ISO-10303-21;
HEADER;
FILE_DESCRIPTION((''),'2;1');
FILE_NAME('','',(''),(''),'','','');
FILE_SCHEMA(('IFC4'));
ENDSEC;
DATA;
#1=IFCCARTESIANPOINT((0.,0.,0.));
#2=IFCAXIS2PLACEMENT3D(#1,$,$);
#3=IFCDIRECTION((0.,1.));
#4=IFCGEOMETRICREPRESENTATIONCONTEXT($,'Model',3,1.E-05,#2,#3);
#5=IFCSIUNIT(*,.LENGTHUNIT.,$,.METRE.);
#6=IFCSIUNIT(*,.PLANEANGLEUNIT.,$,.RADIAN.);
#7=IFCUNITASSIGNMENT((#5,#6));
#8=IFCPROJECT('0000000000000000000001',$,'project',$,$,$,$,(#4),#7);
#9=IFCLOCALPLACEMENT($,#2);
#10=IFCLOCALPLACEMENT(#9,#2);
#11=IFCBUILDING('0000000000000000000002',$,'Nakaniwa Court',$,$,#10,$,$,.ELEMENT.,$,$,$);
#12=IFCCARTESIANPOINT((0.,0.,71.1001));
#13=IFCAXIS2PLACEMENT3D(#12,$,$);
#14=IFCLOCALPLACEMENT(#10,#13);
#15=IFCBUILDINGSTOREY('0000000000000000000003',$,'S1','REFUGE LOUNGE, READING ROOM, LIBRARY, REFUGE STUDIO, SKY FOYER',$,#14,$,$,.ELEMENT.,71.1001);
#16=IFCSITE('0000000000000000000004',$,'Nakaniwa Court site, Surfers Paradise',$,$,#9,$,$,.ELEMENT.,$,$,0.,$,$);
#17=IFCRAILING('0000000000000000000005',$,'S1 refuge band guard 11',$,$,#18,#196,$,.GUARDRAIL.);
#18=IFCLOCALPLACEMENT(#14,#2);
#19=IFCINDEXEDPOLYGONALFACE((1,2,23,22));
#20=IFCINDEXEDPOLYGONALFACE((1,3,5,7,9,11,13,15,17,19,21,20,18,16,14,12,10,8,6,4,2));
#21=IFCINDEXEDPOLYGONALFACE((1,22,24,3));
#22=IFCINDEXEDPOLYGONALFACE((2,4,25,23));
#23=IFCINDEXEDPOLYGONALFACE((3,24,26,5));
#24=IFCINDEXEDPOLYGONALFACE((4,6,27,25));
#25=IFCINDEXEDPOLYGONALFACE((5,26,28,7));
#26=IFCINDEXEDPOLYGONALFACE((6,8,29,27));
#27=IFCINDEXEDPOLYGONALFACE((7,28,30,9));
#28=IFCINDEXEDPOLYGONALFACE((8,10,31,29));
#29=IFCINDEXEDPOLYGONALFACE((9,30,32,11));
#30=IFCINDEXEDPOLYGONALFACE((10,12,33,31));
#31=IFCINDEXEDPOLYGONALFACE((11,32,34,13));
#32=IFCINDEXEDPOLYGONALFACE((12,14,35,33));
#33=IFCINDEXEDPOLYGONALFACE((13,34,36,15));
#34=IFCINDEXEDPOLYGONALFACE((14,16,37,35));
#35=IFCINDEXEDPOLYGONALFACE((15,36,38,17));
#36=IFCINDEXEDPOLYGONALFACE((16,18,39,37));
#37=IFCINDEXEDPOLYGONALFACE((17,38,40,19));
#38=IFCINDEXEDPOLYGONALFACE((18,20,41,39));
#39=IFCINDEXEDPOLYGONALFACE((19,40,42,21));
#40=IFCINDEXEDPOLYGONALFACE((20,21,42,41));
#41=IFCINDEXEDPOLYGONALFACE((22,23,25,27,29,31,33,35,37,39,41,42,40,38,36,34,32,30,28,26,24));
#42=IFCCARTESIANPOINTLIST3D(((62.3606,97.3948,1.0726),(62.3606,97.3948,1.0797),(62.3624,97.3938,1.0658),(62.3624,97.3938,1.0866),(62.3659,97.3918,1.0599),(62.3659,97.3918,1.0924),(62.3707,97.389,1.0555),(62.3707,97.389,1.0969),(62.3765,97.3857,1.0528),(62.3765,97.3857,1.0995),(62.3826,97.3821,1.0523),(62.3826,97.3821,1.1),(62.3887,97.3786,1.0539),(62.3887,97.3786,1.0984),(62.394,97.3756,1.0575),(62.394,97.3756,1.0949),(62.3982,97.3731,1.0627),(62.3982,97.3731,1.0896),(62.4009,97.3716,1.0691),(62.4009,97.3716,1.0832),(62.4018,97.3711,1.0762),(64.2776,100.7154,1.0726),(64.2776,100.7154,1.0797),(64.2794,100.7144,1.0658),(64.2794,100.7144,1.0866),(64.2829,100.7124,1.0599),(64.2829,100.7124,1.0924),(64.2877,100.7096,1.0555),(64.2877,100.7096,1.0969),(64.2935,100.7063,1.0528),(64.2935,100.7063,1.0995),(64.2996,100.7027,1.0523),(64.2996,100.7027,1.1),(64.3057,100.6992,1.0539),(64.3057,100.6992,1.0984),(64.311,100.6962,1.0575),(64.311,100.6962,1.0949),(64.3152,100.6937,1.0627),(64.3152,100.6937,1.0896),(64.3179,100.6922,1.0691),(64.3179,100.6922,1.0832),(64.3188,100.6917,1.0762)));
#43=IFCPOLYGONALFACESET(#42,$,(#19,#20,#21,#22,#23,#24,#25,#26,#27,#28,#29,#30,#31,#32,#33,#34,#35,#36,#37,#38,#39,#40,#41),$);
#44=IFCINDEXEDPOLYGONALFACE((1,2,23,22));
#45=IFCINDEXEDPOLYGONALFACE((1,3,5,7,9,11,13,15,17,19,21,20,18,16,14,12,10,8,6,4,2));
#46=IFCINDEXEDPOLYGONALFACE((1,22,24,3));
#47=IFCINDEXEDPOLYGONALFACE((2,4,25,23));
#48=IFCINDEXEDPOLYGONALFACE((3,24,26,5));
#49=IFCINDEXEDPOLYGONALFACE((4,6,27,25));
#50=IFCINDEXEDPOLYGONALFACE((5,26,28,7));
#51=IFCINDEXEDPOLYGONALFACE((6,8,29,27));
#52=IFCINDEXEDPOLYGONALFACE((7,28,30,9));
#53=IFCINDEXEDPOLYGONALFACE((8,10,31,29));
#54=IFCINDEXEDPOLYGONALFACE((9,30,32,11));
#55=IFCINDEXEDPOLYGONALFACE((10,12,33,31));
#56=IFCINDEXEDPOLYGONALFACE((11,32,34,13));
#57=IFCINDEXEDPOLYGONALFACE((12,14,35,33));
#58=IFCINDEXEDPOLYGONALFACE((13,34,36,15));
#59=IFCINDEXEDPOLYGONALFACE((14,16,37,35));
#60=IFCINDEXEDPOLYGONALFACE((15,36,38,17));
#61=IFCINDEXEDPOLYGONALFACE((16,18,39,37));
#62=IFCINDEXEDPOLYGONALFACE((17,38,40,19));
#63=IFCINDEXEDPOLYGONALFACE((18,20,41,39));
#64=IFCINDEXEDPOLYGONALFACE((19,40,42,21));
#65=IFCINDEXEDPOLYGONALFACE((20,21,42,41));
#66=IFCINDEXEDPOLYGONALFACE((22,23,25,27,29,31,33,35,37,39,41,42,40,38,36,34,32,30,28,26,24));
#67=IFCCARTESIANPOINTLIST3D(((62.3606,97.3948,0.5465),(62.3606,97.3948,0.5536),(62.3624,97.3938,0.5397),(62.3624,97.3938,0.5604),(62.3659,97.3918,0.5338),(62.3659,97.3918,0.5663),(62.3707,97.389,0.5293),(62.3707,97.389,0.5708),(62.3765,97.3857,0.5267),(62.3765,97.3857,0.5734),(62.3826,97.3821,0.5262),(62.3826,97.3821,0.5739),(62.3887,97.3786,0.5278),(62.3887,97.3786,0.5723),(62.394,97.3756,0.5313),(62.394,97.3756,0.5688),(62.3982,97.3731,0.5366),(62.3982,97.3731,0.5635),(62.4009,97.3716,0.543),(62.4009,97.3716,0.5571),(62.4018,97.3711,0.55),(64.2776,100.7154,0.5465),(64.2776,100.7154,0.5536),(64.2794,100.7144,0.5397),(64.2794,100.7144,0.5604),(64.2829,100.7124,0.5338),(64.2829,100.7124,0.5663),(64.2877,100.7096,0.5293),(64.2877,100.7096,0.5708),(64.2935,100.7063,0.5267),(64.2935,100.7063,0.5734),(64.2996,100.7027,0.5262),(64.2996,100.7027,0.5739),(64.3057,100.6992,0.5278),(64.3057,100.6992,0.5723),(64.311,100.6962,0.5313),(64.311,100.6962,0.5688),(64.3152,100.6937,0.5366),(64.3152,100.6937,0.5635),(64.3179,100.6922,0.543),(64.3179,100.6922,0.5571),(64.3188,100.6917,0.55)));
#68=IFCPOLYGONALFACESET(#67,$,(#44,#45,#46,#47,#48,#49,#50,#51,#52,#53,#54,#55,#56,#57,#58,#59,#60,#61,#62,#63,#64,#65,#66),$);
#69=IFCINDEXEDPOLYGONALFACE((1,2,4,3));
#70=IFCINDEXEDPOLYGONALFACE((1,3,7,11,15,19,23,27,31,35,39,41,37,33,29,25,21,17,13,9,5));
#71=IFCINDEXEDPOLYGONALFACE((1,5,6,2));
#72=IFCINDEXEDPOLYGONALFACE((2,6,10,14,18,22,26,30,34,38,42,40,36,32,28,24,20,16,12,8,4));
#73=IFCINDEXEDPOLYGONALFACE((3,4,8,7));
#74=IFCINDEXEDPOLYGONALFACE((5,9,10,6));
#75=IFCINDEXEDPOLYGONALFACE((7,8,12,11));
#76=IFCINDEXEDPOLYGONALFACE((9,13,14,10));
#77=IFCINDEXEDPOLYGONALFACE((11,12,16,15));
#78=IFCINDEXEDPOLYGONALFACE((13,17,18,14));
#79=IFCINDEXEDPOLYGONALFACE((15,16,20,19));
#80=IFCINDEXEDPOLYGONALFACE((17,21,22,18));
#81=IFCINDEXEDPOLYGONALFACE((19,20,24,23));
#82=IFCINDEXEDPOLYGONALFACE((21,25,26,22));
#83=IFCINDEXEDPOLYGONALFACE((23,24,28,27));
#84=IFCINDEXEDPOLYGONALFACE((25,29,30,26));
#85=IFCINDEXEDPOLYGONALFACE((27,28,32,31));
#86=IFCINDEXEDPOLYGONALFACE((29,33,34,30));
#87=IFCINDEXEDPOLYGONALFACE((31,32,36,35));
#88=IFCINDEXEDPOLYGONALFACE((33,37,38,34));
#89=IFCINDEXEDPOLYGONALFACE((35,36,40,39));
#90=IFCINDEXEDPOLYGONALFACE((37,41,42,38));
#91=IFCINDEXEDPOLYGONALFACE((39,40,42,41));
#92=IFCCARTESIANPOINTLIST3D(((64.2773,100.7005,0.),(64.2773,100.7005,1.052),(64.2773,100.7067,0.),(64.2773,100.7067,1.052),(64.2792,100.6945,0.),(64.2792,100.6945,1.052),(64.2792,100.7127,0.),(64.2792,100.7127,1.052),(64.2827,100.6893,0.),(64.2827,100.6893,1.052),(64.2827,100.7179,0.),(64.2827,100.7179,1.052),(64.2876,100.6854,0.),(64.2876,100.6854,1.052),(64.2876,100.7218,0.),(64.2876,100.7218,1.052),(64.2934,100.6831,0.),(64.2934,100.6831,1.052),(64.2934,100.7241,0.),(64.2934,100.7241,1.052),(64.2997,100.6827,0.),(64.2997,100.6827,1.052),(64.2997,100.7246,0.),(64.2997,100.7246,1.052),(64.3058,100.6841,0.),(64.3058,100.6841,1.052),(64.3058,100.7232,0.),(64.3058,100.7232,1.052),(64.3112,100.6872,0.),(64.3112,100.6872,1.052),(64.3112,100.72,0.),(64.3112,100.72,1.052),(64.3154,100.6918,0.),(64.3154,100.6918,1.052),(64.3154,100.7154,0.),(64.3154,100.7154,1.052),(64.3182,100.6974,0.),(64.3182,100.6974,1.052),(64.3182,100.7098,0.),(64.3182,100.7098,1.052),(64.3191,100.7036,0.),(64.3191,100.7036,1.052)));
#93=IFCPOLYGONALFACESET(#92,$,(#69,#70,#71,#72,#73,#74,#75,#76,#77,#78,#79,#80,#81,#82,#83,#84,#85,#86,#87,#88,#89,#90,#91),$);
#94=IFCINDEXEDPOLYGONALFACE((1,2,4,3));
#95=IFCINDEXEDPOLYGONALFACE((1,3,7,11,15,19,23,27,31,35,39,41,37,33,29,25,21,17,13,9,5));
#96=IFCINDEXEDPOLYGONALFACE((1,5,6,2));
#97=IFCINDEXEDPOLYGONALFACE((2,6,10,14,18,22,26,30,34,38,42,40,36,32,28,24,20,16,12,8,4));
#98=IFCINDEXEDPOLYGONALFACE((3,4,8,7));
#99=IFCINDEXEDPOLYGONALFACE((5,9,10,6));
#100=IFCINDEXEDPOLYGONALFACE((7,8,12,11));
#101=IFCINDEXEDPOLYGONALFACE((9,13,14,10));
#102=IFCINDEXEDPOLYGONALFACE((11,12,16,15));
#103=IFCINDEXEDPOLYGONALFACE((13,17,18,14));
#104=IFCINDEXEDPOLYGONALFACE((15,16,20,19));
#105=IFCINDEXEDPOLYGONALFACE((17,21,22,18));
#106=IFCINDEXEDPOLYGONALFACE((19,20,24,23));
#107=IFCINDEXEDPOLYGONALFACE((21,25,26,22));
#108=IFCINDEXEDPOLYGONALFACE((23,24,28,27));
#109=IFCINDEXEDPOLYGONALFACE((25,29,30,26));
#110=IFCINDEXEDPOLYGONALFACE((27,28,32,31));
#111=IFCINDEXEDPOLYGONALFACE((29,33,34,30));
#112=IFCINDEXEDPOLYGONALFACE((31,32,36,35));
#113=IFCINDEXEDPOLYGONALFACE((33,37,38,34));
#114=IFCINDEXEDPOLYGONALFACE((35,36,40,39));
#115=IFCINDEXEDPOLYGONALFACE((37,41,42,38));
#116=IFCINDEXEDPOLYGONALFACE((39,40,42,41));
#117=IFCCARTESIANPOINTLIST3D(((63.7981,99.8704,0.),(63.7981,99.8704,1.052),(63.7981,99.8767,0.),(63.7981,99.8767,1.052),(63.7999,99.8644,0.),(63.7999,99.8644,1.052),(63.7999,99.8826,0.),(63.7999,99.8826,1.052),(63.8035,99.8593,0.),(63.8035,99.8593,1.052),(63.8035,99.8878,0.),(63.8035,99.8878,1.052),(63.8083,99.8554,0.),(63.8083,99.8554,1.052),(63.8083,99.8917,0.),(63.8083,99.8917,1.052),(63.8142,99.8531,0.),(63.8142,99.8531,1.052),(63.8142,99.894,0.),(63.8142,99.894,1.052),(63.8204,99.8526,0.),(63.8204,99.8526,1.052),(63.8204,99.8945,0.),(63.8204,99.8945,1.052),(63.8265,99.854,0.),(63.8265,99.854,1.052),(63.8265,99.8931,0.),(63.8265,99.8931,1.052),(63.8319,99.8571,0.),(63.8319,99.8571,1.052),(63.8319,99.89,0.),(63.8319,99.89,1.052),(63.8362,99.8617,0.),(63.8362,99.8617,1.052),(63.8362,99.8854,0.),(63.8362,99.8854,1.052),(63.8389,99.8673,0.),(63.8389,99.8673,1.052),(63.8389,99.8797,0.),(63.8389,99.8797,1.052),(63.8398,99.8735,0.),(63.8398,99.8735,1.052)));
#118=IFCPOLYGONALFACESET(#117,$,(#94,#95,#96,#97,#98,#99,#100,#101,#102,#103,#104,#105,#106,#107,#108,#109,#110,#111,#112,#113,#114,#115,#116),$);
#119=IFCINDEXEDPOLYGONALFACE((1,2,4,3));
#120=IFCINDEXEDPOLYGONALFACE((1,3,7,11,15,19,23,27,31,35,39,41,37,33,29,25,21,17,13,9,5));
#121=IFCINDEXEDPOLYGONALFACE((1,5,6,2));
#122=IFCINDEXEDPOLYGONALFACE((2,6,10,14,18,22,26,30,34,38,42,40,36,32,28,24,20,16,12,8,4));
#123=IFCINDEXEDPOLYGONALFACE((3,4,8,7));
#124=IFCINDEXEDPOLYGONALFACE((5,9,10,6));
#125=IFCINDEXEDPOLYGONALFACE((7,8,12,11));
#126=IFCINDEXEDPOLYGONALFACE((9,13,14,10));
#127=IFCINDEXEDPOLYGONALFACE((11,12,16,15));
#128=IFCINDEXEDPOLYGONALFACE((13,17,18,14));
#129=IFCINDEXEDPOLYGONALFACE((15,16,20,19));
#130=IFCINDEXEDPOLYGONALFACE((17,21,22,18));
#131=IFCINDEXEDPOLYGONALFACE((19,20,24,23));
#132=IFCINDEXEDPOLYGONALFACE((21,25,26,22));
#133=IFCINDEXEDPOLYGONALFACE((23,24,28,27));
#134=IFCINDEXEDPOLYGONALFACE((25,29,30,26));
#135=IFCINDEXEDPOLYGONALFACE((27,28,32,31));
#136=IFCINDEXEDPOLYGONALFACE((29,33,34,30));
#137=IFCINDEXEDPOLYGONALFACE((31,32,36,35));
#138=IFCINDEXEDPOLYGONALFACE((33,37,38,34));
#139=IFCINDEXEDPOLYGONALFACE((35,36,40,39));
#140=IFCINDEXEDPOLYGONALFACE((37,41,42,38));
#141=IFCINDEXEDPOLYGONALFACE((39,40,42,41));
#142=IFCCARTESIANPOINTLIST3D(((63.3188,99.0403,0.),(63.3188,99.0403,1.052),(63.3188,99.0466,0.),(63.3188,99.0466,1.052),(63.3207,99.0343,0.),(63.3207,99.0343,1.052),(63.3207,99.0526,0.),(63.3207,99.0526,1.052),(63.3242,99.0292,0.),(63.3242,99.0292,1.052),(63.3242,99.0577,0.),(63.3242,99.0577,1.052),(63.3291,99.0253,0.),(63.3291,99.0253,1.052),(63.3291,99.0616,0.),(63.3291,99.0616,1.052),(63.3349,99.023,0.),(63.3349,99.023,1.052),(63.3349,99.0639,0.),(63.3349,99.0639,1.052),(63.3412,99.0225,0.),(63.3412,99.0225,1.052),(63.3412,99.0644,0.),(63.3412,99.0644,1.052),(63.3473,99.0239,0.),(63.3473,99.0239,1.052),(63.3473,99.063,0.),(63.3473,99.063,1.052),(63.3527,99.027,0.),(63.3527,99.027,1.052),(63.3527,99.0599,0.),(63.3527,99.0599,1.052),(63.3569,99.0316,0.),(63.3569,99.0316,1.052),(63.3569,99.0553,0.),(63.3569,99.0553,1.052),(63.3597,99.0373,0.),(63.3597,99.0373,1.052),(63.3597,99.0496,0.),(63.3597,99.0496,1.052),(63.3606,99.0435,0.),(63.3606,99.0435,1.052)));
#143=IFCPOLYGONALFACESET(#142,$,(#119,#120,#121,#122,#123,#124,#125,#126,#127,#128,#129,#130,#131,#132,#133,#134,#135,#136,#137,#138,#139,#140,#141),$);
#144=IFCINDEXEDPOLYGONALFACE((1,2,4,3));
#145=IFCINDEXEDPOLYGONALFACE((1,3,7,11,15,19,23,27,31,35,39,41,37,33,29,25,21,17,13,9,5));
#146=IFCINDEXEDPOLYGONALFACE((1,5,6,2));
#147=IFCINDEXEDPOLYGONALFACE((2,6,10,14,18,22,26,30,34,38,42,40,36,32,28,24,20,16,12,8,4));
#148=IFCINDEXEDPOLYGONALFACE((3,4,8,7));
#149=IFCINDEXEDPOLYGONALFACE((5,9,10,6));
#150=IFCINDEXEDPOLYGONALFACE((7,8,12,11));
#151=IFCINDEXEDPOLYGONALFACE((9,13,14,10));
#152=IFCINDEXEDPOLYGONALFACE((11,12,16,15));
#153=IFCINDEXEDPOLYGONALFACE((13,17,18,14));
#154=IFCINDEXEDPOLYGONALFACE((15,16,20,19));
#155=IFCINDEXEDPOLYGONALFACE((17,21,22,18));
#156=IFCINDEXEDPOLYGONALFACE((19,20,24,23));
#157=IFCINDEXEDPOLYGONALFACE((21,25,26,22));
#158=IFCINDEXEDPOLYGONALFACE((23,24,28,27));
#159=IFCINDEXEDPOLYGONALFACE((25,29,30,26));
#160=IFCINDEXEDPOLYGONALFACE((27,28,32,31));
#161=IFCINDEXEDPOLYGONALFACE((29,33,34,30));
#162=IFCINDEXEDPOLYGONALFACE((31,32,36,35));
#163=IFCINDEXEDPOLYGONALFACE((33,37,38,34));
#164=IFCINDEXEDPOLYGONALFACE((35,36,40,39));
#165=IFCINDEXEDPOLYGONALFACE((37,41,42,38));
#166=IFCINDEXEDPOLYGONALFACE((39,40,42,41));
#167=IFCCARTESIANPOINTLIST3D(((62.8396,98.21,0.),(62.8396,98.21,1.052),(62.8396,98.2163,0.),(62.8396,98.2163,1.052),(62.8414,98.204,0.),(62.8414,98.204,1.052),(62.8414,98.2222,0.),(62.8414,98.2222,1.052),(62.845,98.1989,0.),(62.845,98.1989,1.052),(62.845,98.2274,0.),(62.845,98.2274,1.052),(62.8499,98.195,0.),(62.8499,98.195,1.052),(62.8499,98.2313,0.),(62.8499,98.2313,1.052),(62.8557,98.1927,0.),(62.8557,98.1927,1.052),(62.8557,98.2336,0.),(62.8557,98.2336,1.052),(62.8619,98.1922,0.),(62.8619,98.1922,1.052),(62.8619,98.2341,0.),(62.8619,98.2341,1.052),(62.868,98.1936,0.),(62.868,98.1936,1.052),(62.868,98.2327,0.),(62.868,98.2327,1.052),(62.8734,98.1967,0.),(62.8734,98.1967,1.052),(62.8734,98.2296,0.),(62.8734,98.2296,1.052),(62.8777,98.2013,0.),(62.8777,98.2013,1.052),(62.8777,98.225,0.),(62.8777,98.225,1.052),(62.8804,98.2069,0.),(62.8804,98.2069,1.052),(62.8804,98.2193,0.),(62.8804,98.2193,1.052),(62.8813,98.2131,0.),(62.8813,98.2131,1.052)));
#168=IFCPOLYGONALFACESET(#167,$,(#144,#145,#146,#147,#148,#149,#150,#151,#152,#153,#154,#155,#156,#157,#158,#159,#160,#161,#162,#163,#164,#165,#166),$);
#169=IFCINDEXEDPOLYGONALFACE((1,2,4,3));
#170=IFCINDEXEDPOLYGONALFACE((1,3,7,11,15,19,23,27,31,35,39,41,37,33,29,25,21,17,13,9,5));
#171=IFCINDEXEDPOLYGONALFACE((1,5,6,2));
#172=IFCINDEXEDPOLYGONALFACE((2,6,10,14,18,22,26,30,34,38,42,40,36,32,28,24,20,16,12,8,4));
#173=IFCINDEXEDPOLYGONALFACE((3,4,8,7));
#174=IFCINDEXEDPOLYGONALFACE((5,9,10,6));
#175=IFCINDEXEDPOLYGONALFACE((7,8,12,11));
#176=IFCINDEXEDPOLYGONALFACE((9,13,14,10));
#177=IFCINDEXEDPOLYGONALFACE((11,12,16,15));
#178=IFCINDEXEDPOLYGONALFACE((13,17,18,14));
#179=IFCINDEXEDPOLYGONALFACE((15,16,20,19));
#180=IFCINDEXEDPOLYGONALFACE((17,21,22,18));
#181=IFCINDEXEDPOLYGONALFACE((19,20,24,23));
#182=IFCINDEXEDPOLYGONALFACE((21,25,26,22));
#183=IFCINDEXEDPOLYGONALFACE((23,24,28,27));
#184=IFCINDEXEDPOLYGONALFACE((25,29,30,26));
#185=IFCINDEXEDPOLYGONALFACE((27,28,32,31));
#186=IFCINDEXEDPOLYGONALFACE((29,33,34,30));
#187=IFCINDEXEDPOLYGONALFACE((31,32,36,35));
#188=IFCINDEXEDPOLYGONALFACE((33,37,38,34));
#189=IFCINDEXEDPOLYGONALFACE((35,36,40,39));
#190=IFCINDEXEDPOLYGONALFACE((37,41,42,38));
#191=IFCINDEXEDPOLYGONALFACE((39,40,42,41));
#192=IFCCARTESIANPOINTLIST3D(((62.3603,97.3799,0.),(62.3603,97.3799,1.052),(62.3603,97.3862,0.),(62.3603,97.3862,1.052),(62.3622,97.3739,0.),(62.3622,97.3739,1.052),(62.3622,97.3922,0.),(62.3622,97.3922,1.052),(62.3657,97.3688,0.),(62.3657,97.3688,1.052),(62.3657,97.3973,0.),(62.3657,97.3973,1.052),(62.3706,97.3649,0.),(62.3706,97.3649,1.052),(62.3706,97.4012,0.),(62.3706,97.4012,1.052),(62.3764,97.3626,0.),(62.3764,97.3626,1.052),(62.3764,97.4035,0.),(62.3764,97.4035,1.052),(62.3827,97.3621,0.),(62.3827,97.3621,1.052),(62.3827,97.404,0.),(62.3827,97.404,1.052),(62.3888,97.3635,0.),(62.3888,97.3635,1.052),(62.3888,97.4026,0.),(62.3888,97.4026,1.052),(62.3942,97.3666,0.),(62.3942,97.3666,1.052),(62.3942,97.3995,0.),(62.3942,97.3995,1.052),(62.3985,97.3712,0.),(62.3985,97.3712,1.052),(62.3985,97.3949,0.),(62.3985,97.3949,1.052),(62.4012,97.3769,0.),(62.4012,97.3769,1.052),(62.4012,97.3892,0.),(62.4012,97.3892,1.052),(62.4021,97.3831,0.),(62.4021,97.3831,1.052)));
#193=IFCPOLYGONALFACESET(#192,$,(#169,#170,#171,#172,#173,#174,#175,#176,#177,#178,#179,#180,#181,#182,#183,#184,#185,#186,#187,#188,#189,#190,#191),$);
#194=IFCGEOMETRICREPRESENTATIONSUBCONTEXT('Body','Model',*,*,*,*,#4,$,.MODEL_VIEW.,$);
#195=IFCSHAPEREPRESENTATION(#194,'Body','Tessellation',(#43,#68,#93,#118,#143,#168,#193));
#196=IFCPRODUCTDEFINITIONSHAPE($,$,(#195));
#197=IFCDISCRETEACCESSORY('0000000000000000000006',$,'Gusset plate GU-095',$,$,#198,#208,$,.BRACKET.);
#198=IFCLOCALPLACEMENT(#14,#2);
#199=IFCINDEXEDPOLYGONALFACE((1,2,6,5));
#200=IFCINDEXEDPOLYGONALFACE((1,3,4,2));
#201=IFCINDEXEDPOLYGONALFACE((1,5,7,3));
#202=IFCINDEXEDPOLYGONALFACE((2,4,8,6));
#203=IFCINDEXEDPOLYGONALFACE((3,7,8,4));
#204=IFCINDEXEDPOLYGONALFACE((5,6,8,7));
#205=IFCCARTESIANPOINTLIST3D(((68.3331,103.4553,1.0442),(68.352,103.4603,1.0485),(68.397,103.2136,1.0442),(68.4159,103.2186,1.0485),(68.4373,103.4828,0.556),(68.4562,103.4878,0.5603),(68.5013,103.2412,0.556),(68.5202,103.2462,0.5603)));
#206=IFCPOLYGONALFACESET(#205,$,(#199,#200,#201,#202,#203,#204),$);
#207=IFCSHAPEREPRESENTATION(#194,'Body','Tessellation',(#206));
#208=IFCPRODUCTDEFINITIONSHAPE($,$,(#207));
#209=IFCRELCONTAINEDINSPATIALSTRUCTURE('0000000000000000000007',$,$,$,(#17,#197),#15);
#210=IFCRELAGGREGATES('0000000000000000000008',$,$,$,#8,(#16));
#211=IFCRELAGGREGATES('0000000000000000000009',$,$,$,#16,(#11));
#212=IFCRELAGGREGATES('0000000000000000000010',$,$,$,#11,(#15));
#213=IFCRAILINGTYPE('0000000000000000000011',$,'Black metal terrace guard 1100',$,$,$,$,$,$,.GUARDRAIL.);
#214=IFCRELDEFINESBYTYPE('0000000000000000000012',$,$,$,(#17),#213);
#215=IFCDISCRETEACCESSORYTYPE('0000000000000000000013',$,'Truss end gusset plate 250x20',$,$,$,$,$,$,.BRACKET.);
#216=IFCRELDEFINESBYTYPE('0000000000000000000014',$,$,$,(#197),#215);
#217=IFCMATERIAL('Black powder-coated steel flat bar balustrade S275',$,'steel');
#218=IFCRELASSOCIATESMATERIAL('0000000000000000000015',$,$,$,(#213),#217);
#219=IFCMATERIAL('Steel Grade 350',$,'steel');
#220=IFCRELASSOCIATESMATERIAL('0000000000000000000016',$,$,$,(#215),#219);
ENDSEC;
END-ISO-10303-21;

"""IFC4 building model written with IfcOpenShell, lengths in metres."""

from ifc_helpers import new_model, si_unit, direction, frame, origin, origin_2d, place, context, subcontext, project, spatial, rectangle, circle, extrude, material, material_profile, profile_set, type_object, element, save


model = new_model("IFC4")

# Units and contexts
model_context = context("Model", 3, precision=1e-05, world=origin(), true_north=direction((0.0, 1.0)))
body_context = subcontext(model_context, "Body", "Model", "MODEL_VIEW")
ifc_project = project(units=[si_unit("LENGTHUNIT", "METRE"), si_unit("PLANEANGLEUNIT", "RADIAN")], contexts=[model_context])

# Site, building, storey
site_placement = place(None, origin())
site = spatial("IfcSite", under=ifc_project, at=site_placement, Name="Nakaniwa Court site, Surfers Paradise", CompositionType="ELEMENT", RefElevation=0.0)
building_placement = place(site_placement, origin())
building = spatial("IfcBuilding", under=site, at=building_placement, Name="Nakaniwa Court", CompositionType="ELEMENT")
storey_placement = place(building_placement, frame((0.0, 0.0, 71.1001)))
storey = spatial("IfcBuildingStorey", under=building, at=storey_placement, Name="S1", Description="REFUGE LOUNGE, READING ROOM, LIBRARY, REFUGE STUDIO, SKY FOYER", CompositionType="ELEMENT", Elevation=71.1001)

# Shared definitions
ifc_material_1 = material(Name="Steel Grade 350", Category="steel")

# Railing
ifc_material_2 = material(Name="Black powder-coated steel flat bar balustrade S275", Category="steel")
railing_type = type_object("IfcRailingType", Name="Black metal terrace guard 1100", PredefinedType="GUARDRAIL", material=ifc_material_2)
railing_1_placement = place(storey_placement, frame((64.2981, 100.7036, 0.0)))
element("IfcRailing", 1, at=railing_1_placement, inside=storey, type_object=railing_type, Name="S1 refuge band guard 11", PredefinedType="GUARDRAIL", context=body_context, shape_type="SweptSolid", body=[
    extrude(circle(Radius=0.0239, at=origin_2d()), frame((0.0, 0.0, 1.0762), z_axis=(-0.499974, -0.86604, 0.0), x_axis=(0.86604, -0.499974, 0.0)), (0.0, 0.0, 1.0), 3.8342),
    extrude(circle(Radius=0.0239, at=origin_2d()), frame((0.0, 0.0, 0.55), z_axis=(-0.499974, -0.86604, 0.0), x_axis=(0.86604, -0.499974, 0.0)), (0.0, 0.0, 1.0), 3.8342),
    extrude(circle(Radius=0.021, at=origin_2d()), origin(), (0.0, 0.0, 1.0), 1.052),
    extrude(circle(Radius=0.021, at=origin_2d()), frame((-0.4792, -0.8301, 0.0)), (0.0, 0.0, 1.0), 1.052),
    extrude(circle(Radius=0.021, at=origin_2d()), frame((-0.9585, -1.6602, 0.0)), (0.0, 0.0, 1.0), 1.052),
    extrude(circle(Radius=0.021, at=origin_2d()), frame((-1.4377, -2.4905, 0.0)), (0.0, 0.0, 1.0), 1.052),
    extrude(circle(Radius=0.021, at=origin_2d()), frame((-1.917, -3.3206, 0.0)), (0.0, 0.0, 1.0), 1.052),
])

# Discrete accessory
ifc_material_profile_1 = material_profile(ifc_material_1, rectangle(XDim=0.25, YDim=0.02, at=origin_2d()), Name="Truss end gusset plate 250x20")
ifc_profile_set_1 = profile_set([ifc_material_profile_1], Name="Steel Grade 350")
discrete_accessory_type = type_object("IfcDiscreteAccessoryType", Name="Truss end gusset plate 250x20", PredefinedType="BRACKET", material=ifc_profile_set_1)
for number, where, z_axis, x_axis, name in (
    (2, (68.3745, 103.3369, 1.0464), (0.208476, 0.055171, -0.97647), (-0.25583, 0.966722, 0.0), "Gusset plate GU-095"),
):
    element("IfcDiscreteAccessory", number, at=place(storey_placement, frame(where, z_axis=z_axis, x_axis=x_axis)), inside=storey, type_object=discrete_accessory_type, Name=name, PredefinedType="BRACKET", context=body_context, shape_type="SweptSolid", body=[
        extrude(rectangle(XDim=0.25, YDim=0.02, at=origin_2d()), origin(), (0.0, 0.0, 1.0), 0.5),
    ])

save(model, "model.ifc")
